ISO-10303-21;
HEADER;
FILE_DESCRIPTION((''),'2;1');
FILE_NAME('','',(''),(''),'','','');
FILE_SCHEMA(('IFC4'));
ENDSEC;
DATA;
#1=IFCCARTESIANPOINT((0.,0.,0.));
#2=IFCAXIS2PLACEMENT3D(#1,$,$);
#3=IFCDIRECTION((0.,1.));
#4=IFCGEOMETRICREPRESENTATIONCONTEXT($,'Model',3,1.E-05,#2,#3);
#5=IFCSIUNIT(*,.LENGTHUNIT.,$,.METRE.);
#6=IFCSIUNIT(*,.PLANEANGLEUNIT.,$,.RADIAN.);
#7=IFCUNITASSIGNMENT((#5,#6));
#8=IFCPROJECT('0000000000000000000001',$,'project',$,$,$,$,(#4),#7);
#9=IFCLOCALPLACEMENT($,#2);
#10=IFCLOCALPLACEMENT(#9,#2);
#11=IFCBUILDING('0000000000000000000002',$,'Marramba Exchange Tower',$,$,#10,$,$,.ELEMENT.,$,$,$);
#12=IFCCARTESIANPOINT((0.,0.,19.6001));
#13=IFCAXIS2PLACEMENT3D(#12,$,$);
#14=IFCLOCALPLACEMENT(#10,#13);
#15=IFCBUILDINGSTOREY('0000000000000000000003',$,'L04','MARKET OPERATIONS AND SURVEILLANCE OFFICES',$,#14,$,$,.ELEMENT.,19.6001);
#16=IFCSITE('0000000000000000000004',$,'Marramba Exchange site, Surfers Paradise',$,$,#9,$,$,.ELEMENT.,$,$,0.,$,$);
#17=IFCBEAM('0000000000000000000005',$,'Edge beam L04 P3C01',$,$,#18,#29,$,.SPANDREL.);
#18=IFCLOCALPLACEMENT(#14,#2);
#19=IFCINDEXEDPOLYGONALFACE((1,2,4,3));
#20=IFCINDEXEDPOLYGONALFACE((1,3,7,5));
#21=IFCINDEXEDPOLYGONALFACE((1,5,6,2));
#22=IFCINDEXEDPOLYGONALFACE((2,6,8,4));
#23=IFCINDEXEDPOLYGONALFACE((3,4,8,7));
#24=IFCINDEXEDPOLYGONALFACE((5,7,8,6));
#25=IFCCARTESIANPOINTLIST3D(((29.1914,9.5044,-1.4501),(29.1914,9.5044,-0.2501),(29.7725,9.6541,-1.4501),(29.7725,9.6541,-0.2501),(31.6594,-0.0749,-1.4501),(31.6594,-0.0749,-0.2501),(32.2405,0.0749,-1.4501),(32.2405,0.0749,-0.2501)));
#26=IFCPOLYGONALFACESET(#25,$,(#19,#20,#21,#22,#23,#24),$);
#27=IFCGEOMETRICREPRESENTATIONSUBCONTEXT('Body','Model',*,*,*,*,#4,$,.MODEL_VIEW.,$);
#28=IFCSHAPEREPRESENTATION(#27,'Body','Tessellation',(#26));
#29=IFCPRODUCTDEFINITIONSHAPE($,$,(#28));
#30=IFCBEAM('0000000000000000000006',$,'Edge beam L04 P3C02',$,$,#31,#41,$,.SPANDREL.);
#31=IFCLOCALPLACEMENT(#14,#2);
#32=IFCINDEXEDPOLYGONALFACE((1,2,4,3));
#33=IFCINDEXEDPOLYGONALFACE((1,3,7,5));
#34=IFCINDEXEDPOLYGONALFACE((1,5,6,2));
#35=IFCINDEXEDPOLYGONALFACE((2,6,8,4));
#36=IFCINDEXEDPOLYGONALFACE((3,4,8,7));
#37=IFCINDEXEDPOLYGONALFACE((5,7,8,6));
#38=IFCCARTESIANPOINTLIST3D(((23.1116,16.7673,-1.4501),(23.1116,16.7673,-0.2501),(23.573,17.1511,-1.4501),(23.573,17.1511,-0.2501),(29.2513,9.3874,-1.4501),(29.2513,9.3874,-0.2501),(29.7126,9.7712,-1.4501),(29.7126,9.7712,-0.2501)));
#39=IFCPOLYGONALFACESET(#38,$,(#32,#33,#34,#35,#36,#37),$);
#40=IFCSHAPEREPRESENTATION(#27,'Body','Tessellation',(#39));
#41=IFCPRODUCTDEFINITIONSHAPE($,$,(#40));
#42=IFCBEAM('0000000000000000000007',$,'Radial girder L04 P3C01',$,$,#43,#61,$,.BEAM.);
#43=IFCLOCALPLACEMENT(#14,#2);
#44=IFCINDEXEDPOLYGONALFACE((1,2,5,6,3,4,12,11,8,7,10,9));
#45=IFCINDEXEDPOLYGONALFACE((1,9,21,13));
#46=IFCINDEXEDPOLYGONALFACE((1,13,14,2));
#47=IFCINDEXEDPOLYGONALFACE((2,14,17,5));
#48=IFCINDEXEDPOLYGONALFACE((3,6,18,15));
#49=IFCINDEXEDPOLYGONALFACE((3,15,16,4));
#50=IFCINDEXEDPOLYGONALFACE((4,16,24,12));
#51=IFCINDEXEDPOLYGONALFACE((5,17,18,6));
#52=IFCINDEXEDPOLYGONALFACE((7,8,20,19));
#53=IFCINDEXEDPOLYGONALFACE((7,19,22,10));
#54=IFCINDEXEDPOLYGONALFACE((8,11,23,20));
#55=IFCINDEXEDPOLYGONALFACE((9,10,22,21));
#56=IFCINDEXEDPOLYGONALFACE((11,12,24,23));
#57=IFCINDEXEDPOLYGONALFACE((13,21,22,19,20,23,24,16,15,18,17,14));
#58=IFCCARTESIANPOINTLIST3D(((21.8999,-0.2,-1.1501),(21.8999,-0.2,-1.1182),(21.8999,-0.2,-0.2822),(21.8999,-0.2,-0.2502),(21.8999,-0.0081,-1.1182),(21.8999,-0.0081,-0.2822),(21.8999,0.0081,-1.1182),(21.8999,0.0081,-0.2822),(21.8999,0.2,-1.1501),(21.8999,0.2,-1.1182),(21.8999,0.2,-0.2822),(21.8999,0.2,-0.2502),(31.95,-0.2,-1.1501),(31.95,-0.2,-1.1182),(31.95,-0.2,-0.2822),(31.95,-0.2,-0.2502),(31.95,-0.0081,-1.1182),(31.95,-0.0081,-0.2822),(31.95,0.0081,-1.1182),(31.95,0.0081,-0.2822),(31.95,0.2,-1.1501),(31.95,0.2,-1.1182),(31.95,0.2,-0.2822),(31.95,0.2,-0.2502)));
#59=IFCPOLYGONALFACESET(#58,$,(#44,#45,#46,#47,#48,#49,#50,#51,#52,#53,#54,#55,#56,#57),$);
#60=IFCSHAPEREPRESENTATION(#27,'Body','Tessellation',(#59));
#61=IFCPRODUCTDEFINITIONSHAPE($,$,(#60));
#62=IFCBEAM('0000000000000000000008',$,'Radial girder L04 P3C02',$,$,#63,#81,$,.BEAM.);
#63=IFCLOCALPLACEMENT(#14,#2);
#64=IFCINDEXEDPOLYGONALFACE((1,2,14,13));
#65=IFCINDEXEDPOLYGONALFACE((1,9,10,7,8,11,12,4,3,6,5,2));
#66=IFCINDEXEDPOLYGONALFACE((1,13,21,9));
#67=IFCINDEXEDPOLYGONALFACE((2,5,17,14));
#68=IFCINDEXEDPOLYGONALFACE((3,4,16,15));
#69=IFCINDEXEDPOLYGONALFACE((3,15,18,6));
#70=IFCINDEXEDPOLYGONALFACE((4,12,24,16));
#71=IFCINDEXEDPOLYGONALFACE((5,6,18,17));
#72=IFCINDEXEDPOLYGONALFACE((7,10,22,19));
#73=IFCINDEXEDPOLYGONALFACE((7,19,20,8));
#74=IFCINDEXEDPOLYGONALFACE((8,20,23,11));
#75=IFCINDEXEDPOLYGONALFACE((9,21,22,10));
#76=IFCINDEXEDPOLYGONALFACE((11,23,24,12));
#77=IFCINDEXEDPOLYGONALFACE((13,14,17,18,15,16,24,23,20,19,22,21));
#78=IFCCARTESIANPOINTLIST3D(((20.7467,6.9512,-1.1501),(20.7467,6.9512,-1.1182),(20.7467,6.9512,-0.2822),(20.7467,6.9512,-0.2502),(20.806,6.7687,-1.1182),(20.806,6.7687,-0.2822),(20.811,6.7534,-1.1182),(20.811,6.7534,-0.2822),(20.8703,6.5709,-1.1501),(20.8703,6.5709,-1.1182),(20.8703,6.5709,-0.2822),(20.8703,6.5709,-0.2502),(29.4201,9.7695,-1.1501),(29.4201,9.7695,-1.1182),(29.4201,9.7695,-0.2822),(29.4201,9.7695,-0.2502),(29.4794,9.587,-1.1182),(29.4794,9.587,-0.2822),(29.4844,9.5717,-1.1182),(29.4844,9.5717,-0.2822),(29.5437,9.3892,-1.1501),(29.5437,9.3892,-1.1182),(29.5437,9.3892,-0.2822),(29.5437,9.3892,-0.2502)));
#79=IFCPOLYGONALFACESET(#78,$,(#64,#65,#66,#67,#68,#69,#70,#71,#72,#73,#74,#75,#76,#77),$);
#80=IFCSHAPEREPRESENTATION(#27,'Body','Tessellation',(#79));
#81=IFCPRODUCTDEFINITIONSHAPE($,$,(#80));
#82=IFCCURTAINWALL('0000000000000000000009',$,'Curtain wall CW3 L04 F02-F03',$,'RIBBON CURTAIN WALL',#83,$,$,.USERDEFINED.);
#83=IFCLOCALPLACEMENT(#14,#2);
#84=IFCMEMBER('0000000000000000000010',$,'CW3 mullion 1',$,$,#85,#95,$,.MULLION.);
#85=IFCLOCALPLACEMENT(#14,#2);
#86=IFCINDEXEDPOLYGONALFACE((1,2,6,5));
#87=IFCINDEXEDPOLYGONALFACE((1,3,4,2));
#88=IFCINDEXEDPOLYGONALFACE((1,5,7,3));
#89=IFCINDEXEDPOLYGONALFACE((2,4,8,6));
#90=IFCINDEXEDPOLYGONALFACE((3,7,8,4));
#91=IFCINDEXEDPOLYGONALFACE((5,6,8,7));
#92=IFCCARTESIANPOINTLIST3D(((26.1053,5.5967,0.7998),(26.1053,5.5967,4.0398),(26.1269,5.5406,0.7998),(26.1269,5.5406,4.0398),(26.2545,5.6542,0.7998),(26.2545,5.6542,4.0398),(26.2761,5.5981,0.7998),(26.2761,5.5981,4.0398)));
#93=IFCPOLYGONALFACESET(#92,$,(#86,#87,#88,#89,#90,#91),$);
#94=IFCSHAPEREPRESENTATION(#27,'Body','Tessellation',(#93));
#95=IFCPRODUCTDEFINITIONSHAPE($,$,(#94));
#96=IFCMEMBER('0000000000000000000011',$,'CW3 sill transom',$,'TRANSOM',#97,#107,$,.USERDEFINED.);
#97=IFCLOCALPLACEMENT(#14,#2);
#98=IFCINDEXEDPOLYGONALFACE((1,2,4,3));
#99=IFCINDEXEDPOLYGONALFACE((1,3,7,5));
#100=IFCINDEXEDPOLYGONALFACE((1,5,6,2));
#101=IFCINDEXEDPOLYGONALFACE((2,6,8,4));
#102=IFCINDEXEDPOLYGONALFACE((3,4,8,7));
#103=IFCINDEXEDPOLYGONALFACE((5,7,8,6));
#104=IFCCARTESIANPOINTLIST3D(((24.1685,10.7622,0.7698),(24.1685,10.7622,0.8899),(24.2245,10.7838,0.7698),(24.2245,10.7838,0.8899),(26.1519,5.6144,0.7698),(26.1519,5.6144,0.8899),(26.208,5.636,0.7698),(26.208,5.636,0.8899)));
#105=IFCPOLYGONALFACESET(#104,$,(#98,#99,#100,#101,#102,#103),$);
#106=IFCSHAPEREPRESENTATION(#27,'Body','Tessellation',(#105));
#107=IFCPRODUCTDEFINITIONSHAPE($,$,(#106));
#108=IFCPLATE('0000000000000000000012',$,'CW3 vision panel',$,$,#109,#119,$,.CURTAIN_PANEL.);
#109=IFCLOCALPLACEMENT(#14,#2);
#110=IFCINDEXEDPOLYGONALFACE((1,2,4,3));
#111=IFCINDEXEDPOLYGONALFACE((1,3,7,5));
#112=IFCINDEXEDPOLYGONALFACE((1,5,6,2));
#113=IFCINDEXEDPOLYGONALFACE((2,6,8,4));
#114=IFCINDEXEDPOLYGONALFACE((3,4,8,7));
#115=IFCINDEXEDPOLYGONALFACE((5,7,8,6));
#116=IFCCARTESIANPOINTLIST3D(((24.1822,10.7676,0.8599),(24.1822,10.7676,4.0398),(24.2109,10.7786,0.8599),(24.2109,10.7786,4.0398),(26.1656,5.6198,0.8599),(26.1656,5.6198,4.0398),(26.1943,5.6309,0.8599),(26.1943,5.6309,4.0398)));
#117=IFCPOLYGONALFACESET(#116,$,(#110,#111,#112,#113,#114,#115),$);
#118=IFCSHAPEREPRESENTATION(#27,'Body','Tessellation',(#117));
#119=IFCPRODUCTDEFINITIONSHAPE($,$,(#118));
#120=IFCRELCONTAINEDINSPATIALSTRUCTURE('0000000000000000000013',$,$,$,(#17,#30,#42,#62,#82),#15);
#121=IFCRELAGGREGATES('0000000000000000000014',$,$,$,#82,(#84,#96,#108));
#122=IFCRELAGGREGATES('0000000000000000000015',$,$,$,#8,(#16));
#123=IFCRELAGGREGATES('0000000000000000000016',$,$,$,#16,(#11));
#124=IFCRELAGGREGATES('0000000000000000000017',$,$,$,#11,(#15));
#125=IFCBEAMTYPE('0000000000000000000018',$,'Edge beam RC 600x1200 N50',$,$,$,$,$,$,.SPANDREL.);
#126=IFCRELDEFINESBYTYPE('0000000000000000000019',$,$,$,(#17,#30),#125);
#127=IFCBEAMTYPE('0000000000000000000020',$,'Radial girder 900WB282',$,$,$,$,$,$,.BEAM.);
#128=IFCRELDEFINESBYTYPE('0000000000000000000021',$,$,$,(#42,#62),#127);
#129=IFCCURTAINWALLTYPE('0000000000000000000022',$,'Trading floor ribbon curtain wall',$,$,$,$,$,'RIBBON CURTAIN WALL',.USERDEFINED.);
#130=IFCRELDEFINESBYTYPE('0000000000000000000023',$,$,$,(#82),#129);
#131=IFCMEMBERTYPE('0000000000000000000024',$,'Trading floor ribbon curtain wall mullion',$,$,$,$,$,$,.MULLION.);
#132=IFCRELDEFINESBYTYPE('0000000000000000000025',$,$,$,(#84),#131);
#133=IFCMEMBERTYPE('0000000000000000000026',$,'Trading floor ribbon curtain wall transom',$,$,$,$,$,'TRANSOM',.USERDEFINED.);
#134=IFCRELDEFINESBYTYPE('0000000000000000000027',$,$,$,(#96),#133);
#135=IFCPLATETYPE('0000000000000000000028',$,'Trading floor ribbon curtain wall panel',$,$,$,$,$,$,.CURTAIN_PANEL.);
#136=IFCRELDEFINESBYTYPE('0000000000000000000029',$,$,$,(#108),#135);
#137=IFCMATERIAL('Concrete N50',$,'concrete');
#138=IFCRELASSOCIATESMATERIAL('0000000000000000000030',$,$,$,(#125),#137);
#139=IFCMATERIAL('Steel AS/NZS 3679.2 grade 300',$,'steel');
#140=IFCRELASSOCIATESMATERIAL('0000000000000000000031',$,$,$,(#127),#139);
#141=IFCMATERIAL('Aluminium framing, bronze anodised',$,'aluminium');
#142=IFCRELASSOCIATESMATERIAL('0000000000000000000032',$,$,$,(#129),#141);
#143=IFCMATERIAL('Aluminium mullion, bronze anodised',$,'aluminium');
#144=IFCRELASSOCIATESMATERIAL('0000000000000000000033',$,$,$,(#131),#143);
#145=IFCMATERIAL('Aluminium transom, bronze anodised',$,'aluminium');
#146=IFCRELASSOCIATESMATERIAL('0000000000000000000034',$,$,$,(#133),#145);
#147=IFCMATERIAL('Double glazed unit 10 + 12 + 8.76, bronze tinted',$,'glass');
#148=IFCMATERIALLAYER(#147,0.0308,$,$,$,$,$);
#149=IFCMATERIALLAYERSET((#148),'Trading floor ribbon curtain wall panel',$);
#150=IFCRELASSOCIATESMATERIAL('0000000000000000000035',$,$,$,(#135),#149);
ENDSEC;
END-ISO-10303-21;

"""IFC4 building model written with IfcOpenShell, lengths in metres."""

from ifc_helpers import new_model, si_unit, direction, frame, origin, origin_2d, place, context, subcontext, project, spatial, rectangle, i_section, extrude, material, layer, layer_set, material_profile, profile_set, type_object, element, aggregate, save


model = new_model("IFC4")

# Units and contexts
model_context = context("Model", 3, precision=1e-05, world=origin(), true_north=direction((0.0, 1.0)))
body_context = subcontext(model_context, "Body", "Model", "MODEL_VIEW")
ifc_project = project(units=[si_unit("LENGTHUNIT", "METRE"), si_unit("PLANEANGLEUNIT", "RADIAN")], contexts=[model_context])

# Site, building, storey
site_placement = place(None, origin())
site = spatial("IfcSite", under=ifc_project, at=site_placement, Name="Marramba Exchange site, Surfers Paradise", CompositionType="ELEMENT", RefElevation=0.0)
building_placement = place(site_placement, origin())
building = spatial("IfcBuilding", under=site, at=building_placement, Name="Marramba Exchange Tower", CompositionType="ELEMENT")
storey_placement = place(building_placement, frame((0.0, 0.0, 19.6001)))
storey = spatial("IfcBuildingStorey", under=building, at=storey_placement, Name="L04", Description="MARKET OPERATIONS AND SURVEILLANCE OFFICES", CompositionType="ELEMENT", Elevation=19.6001)

# Beams
ifc_material_1 = material(Name="Concrete N50", Category="concrete")
ifc_material_profile_1 = material_profile(ifc_material_1, rectangle(XDim=0.6001, YDim=1.2, at=origin_2d()), Name="RC 600x1200")
ifc_profile_set_1 = profile_set([ifc_material_profile_1], Name="Concrete N50")
beam_type_1 = type_object("IfcBeamType", Name="Edge beam RC 600x1200 N50", PredefinedType="SPANDREL", material=ifc_profile_set_1)
beam_1_placement = place(storey_placement, frame((31.95, 0.0, -0.8501), z_axis=(-0.249492, 0.968377, 0.0), x_axis=(-0.968377, -0.249492, 0.0)))
element("IfcBeam", 1, at=beam_1_placement, inside=storey, type_object=beam_type_1, Name="Edge beam L04 P3C01", PredefinedType="SPANDREL", context=body_context, shape_type="SweptSolid", body=[
    extrude(rectangle(XDim=0.6001, YDim=1.2, at=origin_2d()), origin(), (0.0, 0.0, 1.0), 9.8921),
])
beam_2_placement = place(storey_placement, frame((29.4819, 9.5793, -0.8501), z_axis=(-0.639554, 0.768746, 0.0), x_axis=(-0.768746, -0.639554, 0.0)))
element("IfcBeam", 2, at=beam_2_placement, inside=storey, type_object=beam_type_1, Name="Edge beam L04 P3C02", PredefinedType="SPANDREL", context=body_context, shape_type="SweptSolid", body=[
    extrude(rectangle(XDim=0.6001, YDim=1.2, at=origin_2d()), origin(), (0.0, 0.0, 1.0), 9.5999),
])
ifc_material_2 = material(Name="Steel AS/NZS 3679.2 grade 300", Category="steel")
ifc_material_profile_2 = material_profile(ifc_material_2, i_section(OverallWidth=0.3999, OverallDepth=0.8999, WebThickness=0.0161, FlangeThickness=0.032, at=origin_2d()), Name="900WB282")
ifc_profile_set_2 = profile_set([ifc_material_profile_2], Name="Steel AS/NZS 3679.2 grade 300")
beam_type_2 = type_object("IfcBeamType", Name="Radial girder 900WB282", PredefinedType="BEAM", material=ifc_profile_set_2)
beam_3_placement = place(storey_placement, frame((31.95, 0.0, -0.7002), z_axis=(-1.0, 0.0, 0.0), x_axis=(0.0, -1.0, 0.0)))
element("IfcBeam", 3, at=beam_3_placement, inside=storey, type_object=beam_type_2, Name="Radial girder L04 P3C01", PredefinedType="BEAM", context=body_context, shape_type="SweptSolid", body=[
    extrude(i_section(OverallWidth=0.3999, OverallDepth=0.8999, WebThickness=0.0161, FlangeThickness=0.032, at=origin_2d()), origin(), (0.0, 0.0, 1.0), 10.05),
])
beam_4_placement = place(storey_placement, frame((29.4819, 9.5793, -0.7002), z_axis=(-0.951052, -0.309031, 0.0), x_axis=(0.309031, -0.951052, 0.0)))
element("IfcBeam", 4, at=beam_4_placement, inside=storey, type_object=beam_type_2, Name="Radial girder L04 P3C02", PredefinedType="BEAM", context=body_context, shape_type="SweptSolid", body=[
    extrude(i_section(OverallWidth=0.3999, OverallDepth=0.8999, WebThickness=0.0161, FlangeThickness=0.032, at=origin_2d()), origin(), (0.0, 0.0, 1.0), 9.1199),
])

# Curtain wall, members, plate
ifc_material_3 = material(Name="Aluminium framing, bronze anodised", Category="aluminium")
curtain_wall_type = type_object("IfcCurtainWallType", Name="Trading floor ribbon curtain wall", ElementType="RIBBON CURTAIN WALL", PredefinedType="USERDEFINED", material=ifc_material_3)
curtain_wall_placement = place(storey_placement, origin())
curtain_wall = element("IfcCurtainWall", 5, at=curtain_wall_placement, inside=storey, type_object=curtain_wall_type, Name="Curtain wall CW3 L04 F02-F03", ObjectType="RIBBON CURTAIN WALL", PredefinedType="USERDEFINED")
ifc_material_4 = material(Name="Aluminium mullion, bronze anodised", Category="aluminium")
ifc_material_profile_3 = material_profile(ifc_material_4, rectangle(XDim=0.1599, YDim=0.0601, at=origin_2d()), Name="CW3 mullion 60x160")
ifc_profile_set_3 = profile_set([ifc_material_profile_3], Name="Aluminium mullion, bronze anodised")
member_type_1 = type_object("IfcMemberType", Name="Trading floor ribbon curtain wall mullion", PredefinedType="MULLION", material=ifc_profile_set_3)
member_1_placement = place(storey_placement, frame((26.1907, 5.5974, 0.7998), z_axis=(0.0, 0.0, 1.0), x_axis=(-0.933135, -0.359526, 0.0)))
member_1 = element("IfcMember", 6, at=member_1_placement, type_object=member_type_1, Name="CW3 mullion 1", PredefinedType="MULLION", context=body_context, shape_type="SweptSolid", body=[
    extrude(rectangle(XDim=0.1599, YDim=0.0601, at=origin_2d()), origin(), (0.0, 0.0, 1.0), 3.24),
])
ifc_material_5 = material(Name="Aluminium transom, bronze anodised", Category="aluminium")
ifc_material_profile_4 = material_profile(ifc_material_5, rectangle(XDim=0.0601, YDim=0.1201, at=origin_2d()), Name="CW3 transom 60x120")
ifc_profile_set_4 = profile_set([ifc_material_profile_4], Name="Aluminium transom, bronze anodised")
member_type_2 = type_object("IfcMemberType", Name="Trading floor ribbon curtain wall transom", ElementType="TRANSOM", PredefinedType="USERDEFINED", material=ifc_profile_set_4)
member_2_placement = place(storey_placement, frame((26.1799, 5.6252, 0.8298), z_axis=(-0.359534, 0.933132, 0.0), x_axis=(-0.933132, -0.359534, 0.0)))
member_2 = element("IfcMember", 7, at=member_2_placement, type_object=member_type_2, Name="CW3 sill transom", ObjectType="TRANSOM", PredefinedType="USERDEFINED", context=body_context, shape_type="SweptSolid", body=[
    extrude(rectangle(XDim=0.0601, YDim=0.1201, at=origin_2d()), origin(), (0.0, 0.0, 1.0), 5.5166),
])
ifc_material_6 = material(Name="Double glazed unit 10 + 12 + 8.76, bronze tinted", Category="glass")
ifc_layer_1 = layer(ifc_material_6, 0.0308)
ifc_layer_set_1 = layer_set([ifc_layer_1], Name="Trading floor ribbon curtain wall panel")
plate_type = type_object("IfcPlateType", Name="Trading floor ribbon curtain wall panel", PredefinedType="CURTAIN_PANEL", material=ifc_layer_set_1)
plate_placement = place(storey_placement, frame((25.1882, 8.1992, 0.8599), z_axis=(0.0, 0.0, 1.0), x_axis=(-0.359526, 0.933135, 0.0)))
plate = element("IfcPlate", 8, at=plate_placement, type_object=plate_type, Name="CW3 vision panel", PredefinedType="CURTAIN_PANEL", context=body_context, shape_type="SweptSolid", body=[
    extrude(rectangle(XDim=5.5166, YDim=0.0308, at=origin_2d()), origin(), (0.0, 0.0, 1.0), 3.1799),
])
aggregate(curtain_wall, [member_1, member_2, plate])

save(model, "model.ifc")
